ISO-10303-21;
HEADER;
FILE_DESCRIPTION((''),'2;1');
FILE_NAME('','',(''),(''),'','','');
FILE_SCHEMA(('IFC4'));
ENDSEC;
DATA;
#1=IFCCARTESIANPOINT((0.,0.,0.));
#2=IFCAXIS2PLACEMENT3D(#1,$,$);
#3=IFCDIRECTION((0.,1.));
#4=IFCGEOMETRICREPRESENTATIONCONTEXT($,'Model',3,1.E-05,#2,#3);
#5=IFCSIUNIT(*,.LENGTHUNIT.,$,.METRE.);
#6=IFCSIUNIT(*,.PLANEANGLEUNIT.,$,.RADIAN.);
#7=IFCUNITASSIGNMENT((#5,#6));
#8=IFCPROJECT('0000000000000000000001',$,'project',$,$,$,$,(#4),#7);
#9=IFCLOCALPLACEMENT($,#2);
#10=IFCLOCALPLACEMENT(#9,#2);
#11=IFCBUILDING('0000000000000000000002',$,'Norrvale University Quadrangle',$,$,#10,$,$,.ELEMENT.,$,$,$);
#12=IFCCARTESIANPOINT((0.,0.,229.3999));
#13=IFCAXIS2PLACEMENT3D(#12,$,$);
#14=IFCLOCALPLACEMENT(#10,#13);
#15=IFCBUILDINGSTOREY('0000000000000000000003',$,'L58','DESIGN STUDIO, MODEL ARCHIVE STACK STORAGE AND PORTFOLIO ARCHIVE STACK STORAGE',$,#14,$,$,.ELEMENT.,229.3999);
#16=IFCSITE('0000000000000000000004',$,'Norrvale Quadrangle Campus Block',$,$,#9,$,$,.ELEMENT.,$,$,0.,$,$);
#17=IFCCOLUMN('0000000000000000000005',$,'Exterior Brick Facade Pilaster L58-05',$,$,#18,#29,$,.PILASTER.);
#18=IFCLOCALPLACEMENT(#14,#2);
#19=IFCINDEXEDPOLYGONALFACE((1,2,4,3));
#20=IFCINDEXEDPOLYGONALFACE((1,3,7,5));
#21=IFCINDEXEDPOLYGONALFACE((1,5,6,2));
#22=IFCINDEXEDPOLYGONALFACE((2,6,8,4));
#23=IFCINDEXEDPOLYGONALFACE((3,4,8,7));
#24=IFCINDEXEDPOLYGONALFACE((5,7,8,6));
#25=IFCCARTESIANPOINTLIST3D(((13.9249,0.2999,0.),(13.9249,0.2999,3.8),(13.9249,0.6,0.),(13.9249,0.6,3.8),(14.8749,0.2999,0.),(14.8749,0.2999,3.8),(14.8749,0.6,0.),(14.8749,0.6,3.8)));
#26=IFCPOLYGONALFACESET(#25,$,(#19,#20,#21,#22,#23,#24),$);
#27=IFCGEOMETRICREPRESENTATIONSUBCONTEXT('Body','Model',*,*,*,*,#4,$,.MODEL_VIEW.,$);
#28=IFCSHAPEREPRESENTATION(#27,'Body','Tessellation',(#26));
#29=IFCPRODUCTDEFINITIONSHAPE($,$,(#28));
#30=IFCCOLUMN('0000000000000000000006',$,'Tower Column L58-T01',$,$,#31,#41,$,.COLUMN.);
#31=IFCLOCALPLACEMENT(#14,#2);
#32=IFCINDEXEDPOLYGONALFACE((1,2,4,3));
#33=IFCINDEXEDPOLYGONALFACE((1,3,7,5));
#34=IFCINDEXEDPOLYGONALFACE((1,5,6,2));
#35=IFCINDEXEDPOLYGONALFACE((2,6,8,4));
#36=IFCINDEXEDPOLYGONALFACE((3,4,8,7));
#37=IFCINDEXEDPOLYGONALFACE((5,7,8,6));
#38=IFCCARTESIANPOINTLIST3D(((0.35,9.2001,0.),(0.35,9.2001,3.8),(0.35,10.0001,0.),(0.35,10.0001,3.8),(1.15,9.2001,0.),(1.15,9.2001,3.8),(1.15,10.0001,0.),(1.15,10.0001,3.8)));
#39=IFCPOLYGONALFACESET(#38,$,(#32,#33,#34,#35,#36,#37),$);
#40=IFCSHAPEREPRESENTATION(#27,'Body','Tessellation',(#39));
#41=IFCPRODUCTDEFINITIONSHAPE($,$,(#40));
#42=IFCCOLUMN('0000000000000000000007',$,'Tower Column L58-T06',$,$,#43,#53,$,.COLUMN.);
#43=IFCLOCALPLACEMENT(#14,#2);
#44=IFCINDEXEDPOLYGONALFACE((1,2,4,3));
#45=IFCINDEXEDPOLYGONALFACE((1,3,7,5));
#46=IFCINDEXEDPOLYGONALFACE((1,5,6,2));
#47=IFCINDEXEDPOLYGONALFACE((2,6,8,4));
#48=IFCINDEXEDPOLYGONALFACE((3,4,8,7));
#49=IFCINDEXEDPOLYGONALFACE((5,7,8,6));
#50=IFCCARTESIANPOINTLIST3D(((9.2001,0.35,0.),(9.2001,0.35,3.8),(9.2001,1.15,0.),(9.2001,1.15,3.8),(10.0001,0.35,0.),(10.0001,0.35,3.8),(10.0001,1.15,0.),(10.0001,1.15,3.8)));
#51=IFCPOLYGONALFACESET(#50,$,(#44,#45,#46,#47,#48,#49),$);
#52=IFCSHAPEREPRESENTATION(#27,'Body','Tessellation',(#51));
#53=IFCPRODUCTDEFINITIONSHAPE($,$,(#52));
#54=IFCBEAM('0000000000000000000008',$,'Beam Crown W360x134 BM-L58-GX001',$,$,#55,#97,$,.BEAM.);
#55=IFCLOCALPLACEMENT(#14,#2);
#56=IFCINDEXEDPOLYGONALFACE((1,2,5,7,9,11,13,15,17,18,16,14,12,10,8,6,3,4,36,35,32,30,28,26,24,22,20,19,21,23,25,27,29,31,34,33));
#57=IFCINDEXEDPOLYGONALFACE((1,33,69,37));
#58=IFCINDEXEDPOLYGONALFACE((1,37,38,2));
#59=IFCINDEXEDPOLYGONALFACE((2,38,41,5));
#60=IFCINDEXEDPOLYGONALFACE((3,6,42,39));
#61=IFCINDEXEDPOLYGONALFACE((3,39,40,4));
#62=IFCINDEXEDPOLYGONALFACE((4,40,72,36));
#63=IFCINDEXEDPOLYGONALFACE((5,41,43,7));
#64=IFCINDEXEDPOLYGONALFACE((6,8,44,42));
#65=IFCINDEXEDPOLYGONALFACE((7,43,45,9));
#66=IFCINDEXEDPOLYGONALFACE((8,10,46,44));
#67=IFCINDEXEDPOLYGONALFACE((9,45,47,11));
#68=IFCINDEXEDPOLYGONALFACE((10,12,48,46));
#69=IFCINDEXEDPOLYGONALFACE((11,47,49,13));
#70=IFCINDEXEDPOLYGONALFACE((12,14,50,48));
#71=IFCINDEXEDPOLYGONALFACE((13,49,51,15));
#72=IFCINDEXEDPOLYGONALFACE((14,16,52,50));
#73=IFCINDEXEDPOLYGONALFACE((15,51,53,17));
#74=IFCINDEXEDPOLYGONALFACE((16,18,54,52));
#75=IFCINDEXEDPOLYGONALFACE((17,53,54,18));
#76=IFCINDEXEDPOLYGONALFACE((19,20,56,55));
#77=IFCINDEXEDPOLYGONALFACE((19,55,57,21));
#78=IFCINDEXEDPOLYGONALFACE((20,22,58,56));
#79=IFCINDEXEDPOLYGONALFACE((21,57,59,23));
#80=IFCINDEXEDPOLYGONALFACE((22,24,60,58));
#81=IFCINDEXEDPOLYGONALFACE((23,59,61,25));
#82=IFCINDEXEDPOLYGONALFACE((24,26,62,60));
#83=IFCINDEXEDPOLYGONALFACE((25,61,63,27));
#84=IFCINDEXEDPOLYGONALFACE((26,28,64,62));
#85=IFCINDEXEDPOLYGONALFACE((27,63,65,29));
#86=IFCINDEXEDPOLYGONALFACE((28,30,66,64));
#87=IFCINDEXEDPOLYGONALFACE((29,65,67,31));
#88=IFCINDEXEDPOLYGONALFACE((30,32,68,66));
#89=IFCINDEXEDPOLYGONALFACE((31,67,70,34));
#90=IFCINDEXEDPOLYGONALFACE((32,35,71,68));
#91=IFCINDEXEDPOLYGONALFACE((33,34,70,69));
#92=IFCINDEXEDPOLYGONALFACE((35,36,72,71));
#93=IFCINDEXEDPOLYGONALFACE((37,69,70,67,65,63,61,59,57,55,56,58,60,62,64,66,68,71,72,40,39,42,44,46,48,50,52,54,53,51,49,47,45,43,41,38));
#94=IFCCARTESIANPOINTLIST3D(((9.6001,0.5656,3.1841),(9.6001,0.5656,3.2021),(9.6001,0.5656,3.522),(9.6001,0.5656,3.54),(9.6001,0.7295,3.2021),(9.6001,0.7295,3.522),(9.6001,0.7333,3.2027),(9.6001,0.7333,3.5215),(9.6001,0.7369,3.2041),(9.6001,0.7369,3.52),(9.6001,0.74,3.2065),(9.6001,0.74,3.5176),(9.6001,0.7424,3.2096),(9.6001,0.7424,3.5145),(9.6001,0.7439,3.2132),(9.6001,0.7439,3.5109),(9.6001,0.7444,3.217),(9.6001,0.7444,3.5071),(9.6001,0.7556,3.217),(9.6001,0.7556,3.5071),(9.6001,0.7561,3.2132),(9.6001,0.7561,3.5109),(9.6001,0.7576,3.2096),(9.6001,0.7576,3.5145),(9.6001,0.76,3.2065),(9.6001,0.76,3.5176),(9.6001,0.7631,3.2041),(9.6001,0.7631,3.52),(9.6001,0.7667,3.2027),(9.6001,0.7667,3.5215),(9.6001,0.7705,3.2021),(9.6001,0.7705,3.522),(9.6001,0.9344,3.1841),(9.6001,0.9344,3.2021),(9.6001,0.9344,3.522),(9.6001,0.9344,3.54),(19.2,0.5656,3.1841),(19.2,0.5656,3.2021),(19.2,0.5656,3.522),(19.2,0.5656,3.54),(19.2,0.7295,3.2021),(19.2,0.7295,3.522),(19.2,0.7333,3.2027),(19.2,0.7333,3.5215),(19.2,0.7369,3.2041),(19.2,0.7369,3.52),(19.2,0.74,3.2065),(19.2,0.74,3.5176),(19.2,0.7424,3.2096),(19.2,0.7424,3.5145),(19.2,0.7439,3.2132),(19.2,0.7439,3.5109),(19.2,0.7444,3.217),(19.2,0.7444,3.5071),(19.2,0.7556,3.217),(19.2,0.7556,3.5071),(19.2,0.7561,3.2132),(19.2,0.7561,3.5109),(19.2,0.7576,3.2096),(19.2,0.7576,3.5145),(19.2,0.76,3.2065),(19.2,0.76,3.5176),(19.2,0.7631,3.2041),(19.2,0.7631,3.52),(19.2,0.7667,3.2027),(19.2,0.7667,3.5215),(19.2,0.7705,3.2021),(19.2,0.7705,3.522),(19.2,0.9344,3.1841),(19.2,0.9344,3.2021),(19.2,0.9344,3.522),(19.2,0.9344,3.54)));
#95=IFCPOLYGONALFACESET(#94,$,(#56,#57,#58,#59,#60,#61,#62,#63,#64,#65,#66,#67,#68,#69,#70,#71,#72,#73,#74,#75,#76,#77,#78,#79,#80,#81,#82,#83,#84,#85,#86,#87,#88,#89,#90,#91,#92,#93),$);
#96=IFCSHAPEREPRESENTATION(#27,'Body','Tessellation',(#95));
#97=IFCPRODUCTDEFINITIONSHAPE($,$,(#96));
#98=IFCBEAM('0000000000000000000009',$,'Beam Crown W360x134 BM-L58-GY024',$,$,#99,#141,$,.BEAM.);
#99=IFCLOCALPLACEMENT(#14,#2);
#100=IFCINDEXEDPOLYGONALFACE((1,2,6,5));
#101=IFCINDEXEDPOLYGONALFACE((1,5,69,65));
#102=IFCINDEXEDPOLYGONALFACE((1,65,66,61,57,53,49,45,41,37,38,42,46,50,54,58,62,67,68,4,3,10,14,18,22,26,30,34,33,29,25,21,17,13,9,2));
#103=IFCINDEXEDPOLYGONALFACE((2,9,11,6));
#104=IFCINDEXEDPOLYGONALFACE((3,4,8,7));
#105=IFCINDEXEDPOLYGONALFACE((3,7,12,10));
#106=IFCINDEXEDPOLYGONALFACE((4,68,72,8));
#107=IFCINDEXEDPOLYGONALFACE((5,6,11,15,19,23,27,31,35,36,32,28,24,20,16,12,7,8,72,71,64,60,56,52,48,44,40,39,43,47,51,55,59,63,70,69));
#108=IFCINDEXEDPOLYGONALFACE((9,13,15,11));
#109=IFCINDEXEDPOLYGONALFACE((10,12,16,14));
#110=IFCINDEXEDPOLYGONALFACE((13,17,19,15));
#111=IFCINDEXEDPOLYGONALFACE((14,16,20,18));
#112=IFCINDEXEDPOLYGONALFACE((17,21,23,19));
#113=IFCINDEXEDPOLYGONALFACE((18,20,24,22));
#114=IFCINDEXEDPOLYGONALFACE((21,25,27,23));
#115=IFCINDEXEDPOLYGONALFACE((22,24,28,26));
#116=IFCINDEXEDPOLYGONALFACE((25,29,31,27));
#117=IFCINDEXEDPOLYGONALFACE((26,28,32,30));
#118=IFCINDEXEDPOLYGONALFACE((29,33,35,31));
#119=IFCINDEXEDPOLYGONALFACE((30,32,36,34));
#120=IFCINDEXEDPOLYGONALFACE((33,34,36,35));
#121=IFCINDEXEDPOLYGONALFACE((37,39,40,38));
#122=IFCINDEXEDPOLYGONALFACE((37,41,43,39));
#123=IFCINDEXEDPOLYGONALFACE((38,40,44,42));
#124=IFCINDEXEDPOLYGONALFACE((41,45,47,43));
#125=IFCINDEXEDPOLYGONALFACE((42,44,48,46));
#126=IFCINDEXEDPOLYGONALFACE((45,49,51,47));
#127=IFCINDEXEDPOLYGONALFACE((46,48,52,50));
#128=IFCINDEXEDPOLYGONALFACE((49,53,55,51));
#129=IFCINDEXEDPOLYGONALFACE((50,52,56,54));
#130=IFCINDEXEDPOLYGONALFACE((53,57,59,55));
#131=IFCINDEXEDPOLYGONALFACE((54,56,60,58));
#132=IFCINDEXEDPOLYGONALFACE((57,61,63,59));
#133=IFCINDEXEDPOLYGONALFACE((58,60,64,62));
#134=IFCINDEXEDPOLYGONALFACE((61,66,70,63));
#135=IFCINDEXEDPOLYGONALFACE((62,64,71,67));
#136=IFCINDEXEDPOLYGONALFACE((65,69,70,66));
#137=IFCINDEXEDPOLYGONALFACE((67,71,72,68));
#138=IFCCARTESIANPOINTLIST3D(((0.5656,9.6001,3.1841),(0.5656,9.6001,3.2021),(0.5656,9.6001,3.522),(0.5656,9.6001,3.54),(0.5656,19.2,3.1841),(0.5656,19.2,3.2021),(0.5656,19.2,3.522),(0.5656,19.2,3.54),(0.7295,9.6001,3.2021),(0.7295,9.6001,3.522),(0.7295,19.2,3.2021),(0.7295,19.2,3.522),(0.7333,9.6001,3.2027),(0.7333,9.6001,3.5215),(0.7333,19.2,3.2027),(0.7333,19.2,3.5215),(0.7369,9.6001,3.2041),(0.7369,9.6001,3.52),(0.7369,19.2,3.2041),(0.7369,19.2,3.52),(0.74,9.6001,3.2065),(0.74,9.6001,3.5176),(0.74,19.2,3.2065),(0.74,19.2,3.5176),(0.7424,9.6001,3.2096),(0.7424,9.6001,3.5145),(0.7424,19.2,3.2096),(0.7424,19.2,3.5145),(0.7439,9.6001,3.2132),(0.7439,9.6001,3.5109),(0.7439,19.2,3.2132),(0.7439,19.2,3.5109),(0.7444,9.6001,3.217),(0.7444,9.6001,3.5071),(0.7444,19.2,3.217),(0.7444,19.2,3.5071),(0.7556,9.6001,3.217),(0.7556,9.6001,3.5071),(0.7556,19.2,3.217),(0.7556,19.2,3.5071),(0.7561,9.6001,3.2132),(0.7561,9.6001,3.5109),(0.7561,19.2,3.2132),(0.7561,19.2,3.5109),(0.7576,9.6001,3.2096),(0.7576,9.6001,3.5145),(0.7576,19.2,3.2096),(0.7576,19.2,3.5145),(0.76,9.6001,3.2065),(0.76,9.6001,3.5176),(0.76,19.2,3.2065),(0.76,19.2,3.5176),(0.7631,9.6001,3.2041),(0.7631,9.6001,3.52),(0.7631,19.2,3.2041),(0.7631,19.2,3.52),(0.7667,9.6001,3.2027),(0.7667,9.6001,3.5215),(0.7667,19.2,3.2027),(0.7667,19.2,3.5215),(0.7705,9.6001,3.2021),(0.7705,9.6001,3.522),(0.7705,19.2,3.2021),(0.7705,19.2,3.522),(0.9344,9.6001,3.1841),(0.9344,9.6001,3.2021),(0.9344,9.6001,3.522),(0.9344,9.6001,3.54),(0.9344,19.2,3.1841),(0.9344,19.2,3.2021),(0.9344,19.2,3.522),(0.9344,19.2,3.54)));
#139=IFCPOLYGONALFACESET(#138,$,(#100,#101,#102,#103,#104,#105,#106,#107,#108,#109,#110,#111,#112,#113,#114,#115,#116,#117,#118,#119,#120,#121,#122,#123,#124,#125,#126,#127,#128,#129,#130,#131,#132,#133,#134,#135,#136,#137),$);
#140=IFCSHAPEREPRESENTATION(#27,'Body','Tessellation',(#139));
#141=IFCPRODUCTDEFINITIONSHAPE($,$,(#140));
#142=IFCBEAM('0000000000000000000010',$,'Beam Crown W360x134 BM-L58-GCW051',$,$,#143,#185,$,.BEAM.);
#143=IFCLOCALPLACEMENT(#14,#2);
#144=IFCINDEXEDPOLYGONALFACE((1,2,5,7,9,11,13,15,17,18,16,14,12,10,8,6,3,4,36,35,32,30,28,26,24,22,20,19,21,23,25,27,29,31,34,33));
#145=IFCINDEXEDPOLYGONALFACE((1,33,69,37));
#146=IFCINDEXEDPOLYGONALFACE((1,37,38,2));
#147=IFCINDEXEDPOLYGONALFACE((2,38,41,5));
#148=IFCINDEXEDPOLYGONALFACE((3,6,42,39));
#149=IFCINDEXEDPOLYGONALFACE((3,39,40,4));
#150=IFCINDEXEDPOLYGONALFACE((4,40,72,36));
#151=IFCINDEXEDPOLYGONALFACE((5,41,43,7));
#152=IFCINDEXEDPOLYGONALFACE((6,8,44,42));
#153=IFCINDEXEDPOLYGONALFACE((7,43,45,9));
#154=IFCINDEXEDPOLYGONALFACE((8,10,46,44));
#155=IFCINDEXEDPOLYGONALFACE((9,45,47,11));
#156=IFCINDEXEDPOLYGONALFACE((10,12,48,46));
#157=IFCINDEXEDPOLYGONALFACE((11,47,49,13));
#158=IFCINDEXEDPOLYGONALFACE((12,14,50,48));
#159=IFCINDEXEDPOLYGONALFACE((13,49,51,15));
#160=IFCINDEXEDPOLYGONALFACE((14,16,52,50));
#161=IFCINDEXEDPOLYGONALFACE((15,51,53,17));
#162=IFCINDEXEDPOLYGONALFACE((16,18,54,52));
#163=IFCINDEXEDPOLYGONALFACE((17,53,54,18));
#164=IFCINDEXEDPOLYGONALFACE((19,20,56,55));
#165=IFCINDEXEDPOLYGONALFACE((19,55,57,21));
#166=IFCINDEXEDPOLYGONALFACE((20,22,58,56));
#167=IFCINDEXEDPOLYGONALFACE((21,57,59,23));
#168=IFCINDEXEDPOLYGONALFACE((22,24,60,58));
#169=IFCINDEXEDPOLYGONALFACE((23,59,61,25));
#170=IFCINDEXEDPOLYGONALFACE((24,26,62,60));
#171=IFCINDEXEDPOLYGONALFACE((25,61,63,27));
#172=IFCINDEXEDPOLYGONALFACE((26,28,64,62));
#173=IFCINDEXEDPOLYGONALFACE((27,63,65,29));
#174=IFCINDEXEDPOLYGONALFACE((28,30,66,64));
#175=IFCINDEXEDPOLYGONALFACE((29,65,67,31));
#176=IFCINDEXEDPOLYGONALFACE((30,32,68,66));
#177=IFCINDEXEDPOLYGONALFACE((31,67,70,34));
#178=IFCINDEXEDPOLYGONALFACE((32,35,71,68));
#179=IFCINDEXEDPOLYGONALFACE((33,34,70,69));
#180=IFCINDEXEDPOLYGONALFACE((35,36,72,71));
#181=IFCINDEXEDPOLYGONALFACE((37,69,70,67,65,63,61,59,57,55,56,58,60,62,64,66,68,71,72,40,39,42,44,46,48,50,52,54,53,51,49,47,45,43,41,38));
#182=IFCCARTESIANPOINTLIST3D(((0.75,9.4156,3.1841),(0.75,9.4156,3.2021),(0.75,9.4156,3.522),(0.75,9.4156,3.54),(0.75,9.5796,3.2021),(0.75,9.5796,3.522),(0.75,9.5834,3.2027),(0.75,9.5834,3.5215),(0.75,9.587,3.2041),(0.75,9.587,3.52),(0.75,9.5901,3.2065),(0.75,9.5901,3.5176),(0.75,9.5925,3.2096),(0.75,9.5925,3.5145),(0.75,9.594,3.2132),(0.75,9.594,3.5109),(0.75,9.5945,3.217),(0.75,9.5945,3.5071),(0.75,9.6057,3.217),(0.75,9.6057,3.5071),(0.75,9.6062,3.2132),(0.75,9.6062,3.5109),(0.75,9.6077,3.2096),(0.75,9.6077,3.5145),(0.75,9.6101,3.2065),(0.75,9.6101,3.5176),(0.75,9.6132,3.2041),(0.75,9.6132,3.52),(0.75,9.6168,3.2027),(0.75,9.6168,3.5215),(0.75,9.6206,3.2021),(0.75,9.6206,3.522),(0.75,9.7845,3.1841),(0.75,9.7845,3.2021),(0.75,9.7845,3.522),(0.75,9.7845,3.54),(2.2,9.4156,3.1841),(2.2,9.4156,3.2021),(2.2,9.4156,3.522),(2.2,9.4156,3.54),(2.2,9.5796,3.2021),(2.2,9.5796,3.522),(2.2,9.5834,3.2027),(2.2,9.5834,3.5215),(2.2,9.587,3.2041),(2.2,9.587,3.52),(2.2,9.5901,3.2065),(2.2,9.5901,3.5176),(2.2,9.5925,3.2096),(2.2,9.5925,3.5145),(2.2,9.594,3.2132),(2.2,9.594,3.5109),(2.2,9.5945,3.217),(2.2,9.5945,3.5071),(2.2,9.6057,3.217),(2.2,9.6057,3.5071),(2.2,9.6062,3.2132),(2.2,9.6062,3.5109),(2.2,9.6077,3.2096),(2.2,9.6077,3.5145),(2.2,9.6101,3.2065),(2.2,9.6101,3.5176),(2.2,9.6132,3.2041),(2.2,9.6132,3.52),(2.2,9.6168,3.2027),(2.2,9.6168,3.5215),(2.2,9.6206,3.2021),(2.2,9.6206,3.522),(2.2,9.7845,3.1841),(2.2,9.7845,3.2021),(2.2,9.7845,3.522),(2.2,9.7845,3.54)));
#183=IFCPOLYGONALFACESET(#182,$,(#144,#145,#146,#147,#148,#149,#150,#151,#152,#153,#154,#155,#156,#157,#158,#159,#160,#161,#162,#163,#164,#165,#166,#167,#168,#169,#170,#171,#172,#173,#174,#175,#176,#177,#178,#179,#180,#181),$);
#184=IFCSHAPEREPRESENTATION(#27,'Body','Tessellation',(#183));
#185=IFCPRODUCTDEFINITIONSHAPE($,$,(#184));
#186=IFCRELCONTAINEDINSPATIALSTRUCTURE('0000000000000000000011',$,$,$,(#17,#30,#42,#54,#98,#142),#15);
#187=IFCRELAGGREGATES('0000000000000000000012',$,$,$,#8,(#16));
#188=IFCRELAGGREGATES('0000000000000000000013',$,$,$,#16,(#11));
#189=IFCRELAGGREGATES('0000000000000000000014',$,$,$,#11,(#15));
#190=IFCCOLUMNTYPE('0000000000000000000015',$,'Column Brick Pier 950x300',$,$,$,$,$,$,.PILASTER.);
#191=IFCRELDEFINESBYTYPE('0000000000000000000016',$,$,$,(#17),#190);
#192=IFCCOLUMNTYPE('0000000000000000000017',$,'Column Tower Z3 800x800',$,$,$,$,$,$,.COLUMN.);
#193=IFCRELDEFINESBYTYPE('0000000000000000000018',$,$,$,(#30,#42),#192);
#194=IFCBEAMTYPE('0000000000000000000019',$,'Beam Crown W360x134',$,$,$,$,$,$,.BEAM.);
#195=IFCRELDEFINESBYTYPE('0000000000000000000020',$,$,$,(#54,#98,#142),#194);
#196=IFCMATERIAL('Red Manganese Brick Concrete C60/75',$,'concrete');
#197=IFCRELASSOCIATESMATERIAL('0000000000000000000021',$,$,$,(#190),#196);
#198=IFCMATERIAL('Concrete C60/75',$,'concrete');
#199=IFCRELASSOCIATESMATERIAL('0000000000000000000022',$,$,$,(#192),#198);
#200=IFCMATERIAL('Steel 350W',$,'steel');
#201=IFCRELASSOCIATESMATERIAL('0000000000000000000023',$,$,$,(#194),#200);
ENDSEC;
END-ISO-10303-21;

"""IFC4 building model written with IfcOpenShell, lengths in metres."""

from ifc_helpers import new_model, si_unit, direction, frame, origin, origin_2d, place, context, subcontext, project, spatial, rectangle, i_section, extrude, material, material_profile, profile_set, type_object, element, save


model = new_model("IFC4")

# Units and contexts
model_context = context("Model", 3, precision=1e-05, world=origin(), true_north=direction((0.0, 1.0)))
body_context = subcontext(model_context, "Body", "Model", "MODEL_VIEW")
ifc_project = project(units=[si_unit("LENGTHUNIT", "METRE"), si_unit("PLANEANGLEUNIT", "RADIAN")], contexts=[model_context])

# Site, building, storey
site_placement = place(None, origin())
site = spatial("IfcSite", under=ifc_project, at=site_placement, Name="Norrvale Quadrangle Campus Block", CompositionType="ELEMENT", RefElevation=0.0)
building_placement = place(site_placement, origin())
building = spatial("IfcBuilding", under=site, at=building_placement, Name="Norrvale University Quadrangle", CompositionType="ELEMENT")
storey_placement = place(building_placement, frame((0.0, 0.0, 229.3999)))
storey = spatial("IfcBuildingStorey", under=building, at=storey_placement, Name="L58", Description="DESIGN STUDIO, MODEL ARCHIVE STACK STORAGE AND PORTFOLIO ARCHIVE STACK STORAGE", CompositionType="ELEMENT", Elevation=229.3999)

# Columns
ifc_material_1 = material(Name="Red Manganese Brick Concrete C60/75", Category="concrete")
ifc_material_profile_1 = material_profile(ifc_material_1, rectangle(XDim=0.95, YDim=0.3, at=origin_2d()), Name="Red Manganese Brick Concrete C60/75")
ifc_profile_set_1 = profile_set([ifc_material_profile_1], Name="Red Manganese Brick Concrete C60/75")
column_type_1 = type_object("IfcColumnType", Name="Column Brick Pier 950x300", PredefinedType="PILASTER", material=ifc_profile_set_1)
column_placement = place(storey_placement, frame((14.3999, 0.45, 0.0), z_axis=(0.0, 0.0, 1.0), x_axis=(1.0, 0.0, 0.0)))
element("IfcColumn", 1, at=column_placement, inside=storey, type_object=column_type_1, Name="Exterior Brick Facade Pilaster L58-05", PredefinedType="PILASTER", context=body_context, shape_type="SweptSolid", body=[
    extrude(rectangle(XDim=0.95, YDim=0.3, at=origin_2d()), origin(), (0.0, 0.0, 1.0), 3.8),
])
ifc_material_2 = material(Name="Concrete C60/75", Category="concrete")
ifc_material_profile_2 = material_profile(ifc_material_2, rectangle(XDim=0.8, YDim=0.8, at=origin_2d()), Name="Concrete C60/75")
ifc_profile_set_2 = profile_set([ifc_material_profile_2], Name="Concrete C60/75")
column_type_2 = type_object("IfcColumnType", Name="Column Tower Z3 800x800", PredefinedType="COLUMN", material=ifc_profile_set_2)
for number, where, z_axis, x_axis, name in (
    (2, (0.75, 9.6001, 0.0), (0.0, 0.0, 1.0), (1.0, 0.0, 0.0), "Tower Column L58-T01"),
    (3, (9.6001, 0.75, 0.0), (0.0, 0.0, 1.0), (1.0, 0.0, 0.0), "Tower Column L58-T06"),
):
    element("IfcColumn", number, at=place(storey_placement, frame(where, z_axis=z_axis, x_axis=x_axis)), inside=storey, type_object=column_type_2, Name=name, PredefinedType="COLUMN", context=body_context, shape_type="SweptSolid", body=[
        extrude(rectangle(XDim=0.8, YDim=0.8, at=origin_2d()), origin(), (0.0, 0.0, 1.0), 3.8),
    ])

# Beams
ifc_material_3 = material(Name="Steel 350W", Category="steel")
ifc_material_profile_3 = material_profile(ifc_material_3, i_section(OverallWidth=0.3689, OverallDepth=0.356, WebThickness=0.0112, FlangeThickness=0.0181, FilletRadius=0.0149, at=origin_2d()), Name="Steel 350W")
ifc_profile_set_3 = profile_set([ifc_material_profile_3], Name="Steel 350W")
beam_type_1 = type_object("IfcBeamType", Name="Beam Crown W360x134", PredefinedType="BEAM", material=ifc_profile_set_3)
for number, where, z_axis, x_axis, name in (
    (4, (9.6001, 0.75, 3.3621), (1.0, 0.0, 0.0), (0.0, 1.0, 0.0), "Beam Crown W360x134 BM-L58-GX001"),
    (5, (0.75, 9.6001, 3.3621), (0.0, 1.0, 0.0), (-1.0, 0.0, 0.0), "Beam Crown W360x134 BM-L58-GY024"),
):
    element("IfcBeam", number, at=place(storey_placement, frame(where, z_axis=z_axis, x_axis=x_axis)), inside=storey, type_object=beam_type_1, Name=name, PredefinedType="BEAM", context=body_context, shape_type="SweptSolid", body=[
        extrude(i_section(OverallWidth=0.3689, OverallDepth=0.356, WebThickness=0.0112, FlangeThickness=0.0181, FilletRadius=0.0149, at=origin_2d()), origin(), (0.0, 0.0, 1.0), 9.5999),
    ])
beam_1_placement = place(storey_placement, frame((0.75, 9.6001, 3.3621), z_axis=(1.0, 0.0, 0.0), x_axis=(0.0, 1.0, 0.0)))
element("IfcBeam", 6, at=beam_1_placement, inside=storey, type_object=beam_type_1, Name="Beam Crown W360x134 BM-L58-GCW051", PredefinedType="BEAM", context=body_context, shape_type="SweptSolid", body=[
    extrude(i_section(OverallWidth=0.3689, OverallDepth=0.356, WebThickness=0.0112, FlangeThickness=0.0181, FilletRadius=0.0149, at=origin_2d()), origin(), (0.0, 0.0, 1.0), 1.45),
])

save(model, "model.ifc")
